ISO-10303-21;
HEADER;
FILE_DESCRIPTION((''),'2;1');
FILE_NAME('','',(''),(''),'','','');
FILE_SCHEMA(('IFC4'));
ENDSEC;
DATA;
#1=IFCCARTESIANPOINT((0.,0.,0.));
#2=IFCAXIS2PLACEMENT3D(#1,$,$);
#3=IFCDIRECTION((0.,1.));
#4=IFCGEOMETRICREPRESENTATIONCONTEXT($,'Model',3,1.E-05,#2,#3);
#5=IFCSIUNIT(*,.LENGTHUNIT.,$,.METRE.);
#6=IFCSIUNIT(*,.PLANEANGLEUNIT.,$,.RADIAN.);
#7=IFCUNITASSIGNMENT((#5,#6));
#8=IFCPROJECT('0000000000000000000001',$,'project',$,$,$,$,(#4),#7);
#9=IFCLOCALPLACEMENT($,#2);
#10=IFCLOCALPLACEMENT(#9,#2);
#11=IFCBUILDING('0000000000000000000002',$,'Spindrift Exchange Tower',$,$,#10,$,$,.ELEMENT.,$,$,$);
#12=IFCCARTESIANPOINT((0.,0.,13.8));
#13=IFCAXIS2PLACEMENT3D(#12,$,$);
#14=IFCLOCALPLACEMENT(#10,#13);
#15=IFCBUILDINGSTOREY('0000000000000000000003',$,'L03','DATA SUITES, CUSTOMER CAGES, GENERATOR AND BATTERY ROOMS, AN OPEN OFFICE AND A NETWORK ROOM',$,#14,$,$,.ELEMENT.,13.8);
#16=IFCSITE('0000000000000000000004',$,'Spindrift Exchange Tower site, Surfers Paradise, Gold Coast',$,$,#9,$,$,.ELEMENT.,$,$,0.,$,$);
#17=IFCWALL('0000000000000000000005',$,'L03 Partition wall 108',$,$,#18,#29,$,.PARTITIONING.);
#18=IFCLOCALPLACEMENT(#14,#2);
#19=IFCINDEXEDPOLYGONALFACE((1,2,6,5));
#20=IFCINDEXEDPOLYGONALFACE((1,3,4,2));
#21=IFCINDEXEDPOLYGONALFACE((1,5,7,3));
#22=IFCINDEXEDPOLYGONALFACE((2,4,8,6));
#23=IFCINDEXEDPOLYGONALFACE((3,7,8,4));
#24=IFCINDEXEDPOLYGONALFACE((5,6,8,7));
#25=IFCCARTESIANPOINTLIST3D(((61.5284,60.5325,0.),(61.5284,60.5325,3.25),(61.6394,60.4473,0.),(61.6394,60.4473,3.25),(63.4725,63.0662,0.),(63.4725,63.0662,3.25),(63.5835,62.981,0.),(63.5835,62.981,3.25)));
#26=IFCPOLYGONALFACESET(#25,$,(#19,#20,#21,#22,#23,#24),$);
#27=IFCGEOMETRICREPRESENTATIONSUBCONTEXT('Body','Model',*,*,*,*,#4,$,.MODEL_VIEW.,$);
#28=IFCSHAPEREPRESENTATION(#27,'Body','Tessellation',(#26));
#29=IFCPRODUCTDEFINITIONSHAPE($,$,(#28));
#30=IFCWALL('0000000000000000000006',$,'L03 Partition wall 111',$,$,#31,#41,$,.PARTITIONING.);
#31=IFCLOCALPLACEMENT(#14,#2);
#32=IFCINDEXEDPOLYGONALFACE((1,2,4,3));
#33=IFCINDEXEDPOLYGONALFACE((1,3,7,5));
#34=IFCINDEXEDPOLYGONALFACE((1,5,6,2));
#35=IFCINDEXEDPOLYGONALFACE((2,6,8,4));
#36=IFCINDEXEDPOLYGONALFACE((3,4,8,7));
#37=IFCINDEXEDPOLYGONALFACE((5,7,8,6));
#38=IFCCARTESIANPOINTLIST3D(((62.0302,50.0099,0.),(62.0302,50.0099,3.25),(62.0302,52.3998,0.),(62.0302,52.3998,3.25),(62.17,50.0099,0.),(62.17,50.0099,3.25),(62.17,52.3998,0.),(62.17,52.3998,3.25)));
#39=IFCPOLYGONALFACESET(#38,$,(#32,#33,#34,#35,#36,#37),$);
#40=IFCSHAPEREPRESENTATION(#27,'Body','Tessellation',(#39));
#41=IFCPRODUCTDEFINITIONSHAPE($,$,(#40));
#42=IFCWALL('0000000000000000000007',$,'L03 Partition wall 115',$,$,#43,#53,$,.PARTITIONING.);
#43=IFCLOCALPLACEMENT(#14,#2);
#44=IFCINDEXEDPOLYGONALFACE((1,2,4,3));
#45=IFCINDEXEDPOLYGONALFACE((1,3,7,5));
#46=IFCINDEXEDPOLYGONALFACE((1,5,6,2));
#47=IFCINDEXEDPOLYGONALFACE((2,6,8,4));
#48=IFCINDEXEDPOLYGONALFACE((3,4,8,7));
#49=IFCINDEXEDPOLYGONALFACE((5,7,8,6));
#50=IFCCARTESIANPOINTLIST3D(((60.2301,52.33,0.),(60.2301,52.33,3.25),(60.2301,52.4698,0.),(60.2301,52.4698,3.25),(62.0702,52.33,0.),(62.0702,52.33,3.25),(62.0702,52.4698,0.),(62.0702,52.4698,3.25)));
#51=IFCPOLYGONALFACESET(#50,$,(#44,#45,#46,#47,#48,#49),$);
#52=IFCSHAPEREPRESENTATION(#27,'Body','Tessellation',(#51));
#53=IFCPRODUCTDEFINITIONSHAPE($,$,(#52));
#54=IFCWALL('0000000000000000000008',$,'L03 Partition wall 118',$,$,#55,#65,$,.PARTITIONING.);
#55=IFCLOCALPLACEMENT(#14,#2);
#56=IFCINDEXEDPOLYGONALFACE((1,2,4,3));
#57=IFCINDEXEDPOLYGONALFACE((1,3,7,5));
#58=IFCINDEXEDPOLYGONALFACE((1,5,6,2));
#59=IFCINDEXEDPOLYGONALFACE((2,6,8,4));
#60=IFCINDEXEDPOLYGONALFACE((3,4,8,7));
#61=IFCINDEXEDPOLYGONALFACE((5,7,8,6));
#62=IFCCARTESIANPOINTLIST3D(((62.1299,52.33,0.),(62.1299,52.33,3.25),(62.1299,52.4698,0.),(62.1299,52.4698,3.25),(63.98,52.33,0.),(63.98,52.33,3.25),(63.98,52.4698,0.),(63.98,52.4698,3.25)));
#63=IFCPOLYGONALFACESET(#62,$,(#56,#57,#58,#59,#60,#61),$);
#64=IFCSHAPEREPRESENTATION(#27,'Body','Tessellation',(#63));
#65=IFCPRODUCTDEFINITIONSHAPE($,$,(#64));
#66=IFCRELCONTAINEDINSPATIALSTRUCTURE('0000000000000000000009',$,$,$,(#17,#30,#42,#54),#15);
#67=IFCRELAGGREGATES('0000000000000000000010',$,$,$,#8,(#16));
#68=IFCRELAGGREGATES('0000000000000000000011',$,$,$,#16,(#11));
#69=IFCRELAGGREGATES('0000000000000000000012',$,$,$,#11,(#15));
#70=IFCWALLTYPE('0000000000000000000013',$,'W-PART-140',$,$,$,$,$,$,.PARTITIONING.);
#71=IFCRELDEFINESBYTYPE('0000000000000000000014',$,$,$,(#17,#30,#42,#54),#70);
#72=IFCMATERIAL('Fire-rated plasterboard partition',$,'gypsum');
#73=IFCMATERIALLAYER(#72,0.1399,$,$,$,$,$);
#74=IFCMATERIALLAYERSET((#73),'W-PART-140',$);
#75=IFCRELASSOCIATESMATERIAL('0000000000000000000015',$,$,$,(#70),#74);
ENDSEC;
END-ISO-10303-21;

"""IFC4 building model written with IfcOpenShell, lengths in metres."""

from ifc_helpers import new_model, si_unit, direction, frame, frame_2d, origin, place, context, subcontext, project, spatial, rectangle, extrude, material, layer, layer_set, type_object, element, save


model = new_model("IFC4")

# Units and contexts
model_context = context("Model", 3, precision=1e-05, world=origin(), true_north=direction((0.0, 1.0)))
body_context = subcontext(model_context, "Body", "Model", "MODEL_VIEW")
ifc_project = project(units=[si_unit("LENGTHUNIT", "METRE"), si_unit("PLANEANGLEUNIT", "RADIAN")], contexts=[model_context])

# Site, building, storey
site_placement = place(None, origin())
site = spatial("IfcSite", under=ifc_project, at=site_placement, Name="Spindrift Exchange Tower site, Surfers Paradise, Gold Coast", CompositionType="ELEMENT", RefElevation=0.0)
building_placement = place(site_placement, origin())
building = spatial("IfcBuilding", under=site, at=building_placement, Name="Spindrift Exchange Tower", CompositionType="ELEMENT")
storey_placement = place(building_placement, frame((0.0, 0.0, 13.8)))
storey = spatial("IfcBuildingStorey", under=building, at=storey_placement, Name="L03", Description="DATA SUITES, CUSTOMER CAGES, GENERATOR AND BATTERY ROOMS, AN OPEN OFFICE AND A NETWORK ROOM", CompositionType="ELEMENT", Elevation=13.8)

# Shared definitions
ifc_material_1 = material(Name="Fire-rated plasterboard partition", Category="gypsum")

# Walls
ifc_layer_1 = layer(ifc_material_1, 0.1399)
ifc_layer_set_1 = layer_set([ifc_layer_1], Name="W-PART-140")
wall_type_1 = type_object("IfcWallType", Name="W-PART-140", PredefinedType="PARTITIONING", material=ifc_layer_set_1)
wall_1_placement = place(storey_placement, frame((61.584, 60.49, 0.0), z_axis=(0.0, 0.0, 1.0), x_axis=(0.608746, 0.793365, 0.0)))
element("IfcWall", 1, at=wall_1_placement, inside=storey, type_object=wall_type_1, Name="L03 Partition wall 108", PredefinedType="PARTITIONING", context=body_context, shape_type="SweptSolid", body=[
    extrude(rectangle(XDim=3.1936, YDim=0.1399, at=frame_2d((1.5967, 0.0))), origin(), (0.0, 0.0, 1.0), 3.25),
])
wall_2_placement = place(storey_placement, frame((62.1001, 50.01, 0.0), z_axis=(0.0, 0.0, 1.0), x_axis=(0.0, 1.0, 0.0)))
element("IfcWall", 2, at=wall_2_placement, inside=storey, type_object=wall_type_1, Name="L03 Partition wall 111", PredefinedType="PARTITIONING", context=body_context, shape_type="SweptSolid", body=[
    extrude(rectangle(XDim=2.3899, YDim=0.1399, at=frame_2d((1.1948, 0.0))), origin(), (0.0, 0.0, 1.0), 3.25),
])
wall_3_placement = place(storey_placement, frame((62.0701, 52.3999, 0.0), z_axis=(0.0, 0.0, 1.0), x_axis=(-1.0, 0.0, 0.0)))
element("IfcWall", 3, at=wall_3_placement, inside=storey, type_object=wall_type_1, Name="L03 Partition wall 115", PredefinedType="PARTITIONING", context=body_context, shape_type="SweptSolid", body=[
    extrude(rectangle(XDim=1.8401, YDim=0.1399, at=frame_2d((0.9199, 0.0))), origin(), (0.0, 0.0, 1.0), 3.25),
])
wall_4_placement = place(storey_placement, frame((63.98, 52.3999, 0.0), z_axis=(0.0, 0.0, 1.0), x_axis=(-1.0, 0.0, 0.0)))
element("IfcWall", 4, at=wall_4_placement, inside=storey, type_object=wall_type_1, Name="L03 Partition wall 118", PredefinedType="PARTITIONING", context=body_context, shape_type="SweptSolid", body=[
    extrude(rectangle(XDim=1.8501, YDim=0.1399, at=frame_2d((0.925, 0.0))), origin(), (0.0, 0.0, 1.0), 3.25),
])

save(model, "model.ifc")
